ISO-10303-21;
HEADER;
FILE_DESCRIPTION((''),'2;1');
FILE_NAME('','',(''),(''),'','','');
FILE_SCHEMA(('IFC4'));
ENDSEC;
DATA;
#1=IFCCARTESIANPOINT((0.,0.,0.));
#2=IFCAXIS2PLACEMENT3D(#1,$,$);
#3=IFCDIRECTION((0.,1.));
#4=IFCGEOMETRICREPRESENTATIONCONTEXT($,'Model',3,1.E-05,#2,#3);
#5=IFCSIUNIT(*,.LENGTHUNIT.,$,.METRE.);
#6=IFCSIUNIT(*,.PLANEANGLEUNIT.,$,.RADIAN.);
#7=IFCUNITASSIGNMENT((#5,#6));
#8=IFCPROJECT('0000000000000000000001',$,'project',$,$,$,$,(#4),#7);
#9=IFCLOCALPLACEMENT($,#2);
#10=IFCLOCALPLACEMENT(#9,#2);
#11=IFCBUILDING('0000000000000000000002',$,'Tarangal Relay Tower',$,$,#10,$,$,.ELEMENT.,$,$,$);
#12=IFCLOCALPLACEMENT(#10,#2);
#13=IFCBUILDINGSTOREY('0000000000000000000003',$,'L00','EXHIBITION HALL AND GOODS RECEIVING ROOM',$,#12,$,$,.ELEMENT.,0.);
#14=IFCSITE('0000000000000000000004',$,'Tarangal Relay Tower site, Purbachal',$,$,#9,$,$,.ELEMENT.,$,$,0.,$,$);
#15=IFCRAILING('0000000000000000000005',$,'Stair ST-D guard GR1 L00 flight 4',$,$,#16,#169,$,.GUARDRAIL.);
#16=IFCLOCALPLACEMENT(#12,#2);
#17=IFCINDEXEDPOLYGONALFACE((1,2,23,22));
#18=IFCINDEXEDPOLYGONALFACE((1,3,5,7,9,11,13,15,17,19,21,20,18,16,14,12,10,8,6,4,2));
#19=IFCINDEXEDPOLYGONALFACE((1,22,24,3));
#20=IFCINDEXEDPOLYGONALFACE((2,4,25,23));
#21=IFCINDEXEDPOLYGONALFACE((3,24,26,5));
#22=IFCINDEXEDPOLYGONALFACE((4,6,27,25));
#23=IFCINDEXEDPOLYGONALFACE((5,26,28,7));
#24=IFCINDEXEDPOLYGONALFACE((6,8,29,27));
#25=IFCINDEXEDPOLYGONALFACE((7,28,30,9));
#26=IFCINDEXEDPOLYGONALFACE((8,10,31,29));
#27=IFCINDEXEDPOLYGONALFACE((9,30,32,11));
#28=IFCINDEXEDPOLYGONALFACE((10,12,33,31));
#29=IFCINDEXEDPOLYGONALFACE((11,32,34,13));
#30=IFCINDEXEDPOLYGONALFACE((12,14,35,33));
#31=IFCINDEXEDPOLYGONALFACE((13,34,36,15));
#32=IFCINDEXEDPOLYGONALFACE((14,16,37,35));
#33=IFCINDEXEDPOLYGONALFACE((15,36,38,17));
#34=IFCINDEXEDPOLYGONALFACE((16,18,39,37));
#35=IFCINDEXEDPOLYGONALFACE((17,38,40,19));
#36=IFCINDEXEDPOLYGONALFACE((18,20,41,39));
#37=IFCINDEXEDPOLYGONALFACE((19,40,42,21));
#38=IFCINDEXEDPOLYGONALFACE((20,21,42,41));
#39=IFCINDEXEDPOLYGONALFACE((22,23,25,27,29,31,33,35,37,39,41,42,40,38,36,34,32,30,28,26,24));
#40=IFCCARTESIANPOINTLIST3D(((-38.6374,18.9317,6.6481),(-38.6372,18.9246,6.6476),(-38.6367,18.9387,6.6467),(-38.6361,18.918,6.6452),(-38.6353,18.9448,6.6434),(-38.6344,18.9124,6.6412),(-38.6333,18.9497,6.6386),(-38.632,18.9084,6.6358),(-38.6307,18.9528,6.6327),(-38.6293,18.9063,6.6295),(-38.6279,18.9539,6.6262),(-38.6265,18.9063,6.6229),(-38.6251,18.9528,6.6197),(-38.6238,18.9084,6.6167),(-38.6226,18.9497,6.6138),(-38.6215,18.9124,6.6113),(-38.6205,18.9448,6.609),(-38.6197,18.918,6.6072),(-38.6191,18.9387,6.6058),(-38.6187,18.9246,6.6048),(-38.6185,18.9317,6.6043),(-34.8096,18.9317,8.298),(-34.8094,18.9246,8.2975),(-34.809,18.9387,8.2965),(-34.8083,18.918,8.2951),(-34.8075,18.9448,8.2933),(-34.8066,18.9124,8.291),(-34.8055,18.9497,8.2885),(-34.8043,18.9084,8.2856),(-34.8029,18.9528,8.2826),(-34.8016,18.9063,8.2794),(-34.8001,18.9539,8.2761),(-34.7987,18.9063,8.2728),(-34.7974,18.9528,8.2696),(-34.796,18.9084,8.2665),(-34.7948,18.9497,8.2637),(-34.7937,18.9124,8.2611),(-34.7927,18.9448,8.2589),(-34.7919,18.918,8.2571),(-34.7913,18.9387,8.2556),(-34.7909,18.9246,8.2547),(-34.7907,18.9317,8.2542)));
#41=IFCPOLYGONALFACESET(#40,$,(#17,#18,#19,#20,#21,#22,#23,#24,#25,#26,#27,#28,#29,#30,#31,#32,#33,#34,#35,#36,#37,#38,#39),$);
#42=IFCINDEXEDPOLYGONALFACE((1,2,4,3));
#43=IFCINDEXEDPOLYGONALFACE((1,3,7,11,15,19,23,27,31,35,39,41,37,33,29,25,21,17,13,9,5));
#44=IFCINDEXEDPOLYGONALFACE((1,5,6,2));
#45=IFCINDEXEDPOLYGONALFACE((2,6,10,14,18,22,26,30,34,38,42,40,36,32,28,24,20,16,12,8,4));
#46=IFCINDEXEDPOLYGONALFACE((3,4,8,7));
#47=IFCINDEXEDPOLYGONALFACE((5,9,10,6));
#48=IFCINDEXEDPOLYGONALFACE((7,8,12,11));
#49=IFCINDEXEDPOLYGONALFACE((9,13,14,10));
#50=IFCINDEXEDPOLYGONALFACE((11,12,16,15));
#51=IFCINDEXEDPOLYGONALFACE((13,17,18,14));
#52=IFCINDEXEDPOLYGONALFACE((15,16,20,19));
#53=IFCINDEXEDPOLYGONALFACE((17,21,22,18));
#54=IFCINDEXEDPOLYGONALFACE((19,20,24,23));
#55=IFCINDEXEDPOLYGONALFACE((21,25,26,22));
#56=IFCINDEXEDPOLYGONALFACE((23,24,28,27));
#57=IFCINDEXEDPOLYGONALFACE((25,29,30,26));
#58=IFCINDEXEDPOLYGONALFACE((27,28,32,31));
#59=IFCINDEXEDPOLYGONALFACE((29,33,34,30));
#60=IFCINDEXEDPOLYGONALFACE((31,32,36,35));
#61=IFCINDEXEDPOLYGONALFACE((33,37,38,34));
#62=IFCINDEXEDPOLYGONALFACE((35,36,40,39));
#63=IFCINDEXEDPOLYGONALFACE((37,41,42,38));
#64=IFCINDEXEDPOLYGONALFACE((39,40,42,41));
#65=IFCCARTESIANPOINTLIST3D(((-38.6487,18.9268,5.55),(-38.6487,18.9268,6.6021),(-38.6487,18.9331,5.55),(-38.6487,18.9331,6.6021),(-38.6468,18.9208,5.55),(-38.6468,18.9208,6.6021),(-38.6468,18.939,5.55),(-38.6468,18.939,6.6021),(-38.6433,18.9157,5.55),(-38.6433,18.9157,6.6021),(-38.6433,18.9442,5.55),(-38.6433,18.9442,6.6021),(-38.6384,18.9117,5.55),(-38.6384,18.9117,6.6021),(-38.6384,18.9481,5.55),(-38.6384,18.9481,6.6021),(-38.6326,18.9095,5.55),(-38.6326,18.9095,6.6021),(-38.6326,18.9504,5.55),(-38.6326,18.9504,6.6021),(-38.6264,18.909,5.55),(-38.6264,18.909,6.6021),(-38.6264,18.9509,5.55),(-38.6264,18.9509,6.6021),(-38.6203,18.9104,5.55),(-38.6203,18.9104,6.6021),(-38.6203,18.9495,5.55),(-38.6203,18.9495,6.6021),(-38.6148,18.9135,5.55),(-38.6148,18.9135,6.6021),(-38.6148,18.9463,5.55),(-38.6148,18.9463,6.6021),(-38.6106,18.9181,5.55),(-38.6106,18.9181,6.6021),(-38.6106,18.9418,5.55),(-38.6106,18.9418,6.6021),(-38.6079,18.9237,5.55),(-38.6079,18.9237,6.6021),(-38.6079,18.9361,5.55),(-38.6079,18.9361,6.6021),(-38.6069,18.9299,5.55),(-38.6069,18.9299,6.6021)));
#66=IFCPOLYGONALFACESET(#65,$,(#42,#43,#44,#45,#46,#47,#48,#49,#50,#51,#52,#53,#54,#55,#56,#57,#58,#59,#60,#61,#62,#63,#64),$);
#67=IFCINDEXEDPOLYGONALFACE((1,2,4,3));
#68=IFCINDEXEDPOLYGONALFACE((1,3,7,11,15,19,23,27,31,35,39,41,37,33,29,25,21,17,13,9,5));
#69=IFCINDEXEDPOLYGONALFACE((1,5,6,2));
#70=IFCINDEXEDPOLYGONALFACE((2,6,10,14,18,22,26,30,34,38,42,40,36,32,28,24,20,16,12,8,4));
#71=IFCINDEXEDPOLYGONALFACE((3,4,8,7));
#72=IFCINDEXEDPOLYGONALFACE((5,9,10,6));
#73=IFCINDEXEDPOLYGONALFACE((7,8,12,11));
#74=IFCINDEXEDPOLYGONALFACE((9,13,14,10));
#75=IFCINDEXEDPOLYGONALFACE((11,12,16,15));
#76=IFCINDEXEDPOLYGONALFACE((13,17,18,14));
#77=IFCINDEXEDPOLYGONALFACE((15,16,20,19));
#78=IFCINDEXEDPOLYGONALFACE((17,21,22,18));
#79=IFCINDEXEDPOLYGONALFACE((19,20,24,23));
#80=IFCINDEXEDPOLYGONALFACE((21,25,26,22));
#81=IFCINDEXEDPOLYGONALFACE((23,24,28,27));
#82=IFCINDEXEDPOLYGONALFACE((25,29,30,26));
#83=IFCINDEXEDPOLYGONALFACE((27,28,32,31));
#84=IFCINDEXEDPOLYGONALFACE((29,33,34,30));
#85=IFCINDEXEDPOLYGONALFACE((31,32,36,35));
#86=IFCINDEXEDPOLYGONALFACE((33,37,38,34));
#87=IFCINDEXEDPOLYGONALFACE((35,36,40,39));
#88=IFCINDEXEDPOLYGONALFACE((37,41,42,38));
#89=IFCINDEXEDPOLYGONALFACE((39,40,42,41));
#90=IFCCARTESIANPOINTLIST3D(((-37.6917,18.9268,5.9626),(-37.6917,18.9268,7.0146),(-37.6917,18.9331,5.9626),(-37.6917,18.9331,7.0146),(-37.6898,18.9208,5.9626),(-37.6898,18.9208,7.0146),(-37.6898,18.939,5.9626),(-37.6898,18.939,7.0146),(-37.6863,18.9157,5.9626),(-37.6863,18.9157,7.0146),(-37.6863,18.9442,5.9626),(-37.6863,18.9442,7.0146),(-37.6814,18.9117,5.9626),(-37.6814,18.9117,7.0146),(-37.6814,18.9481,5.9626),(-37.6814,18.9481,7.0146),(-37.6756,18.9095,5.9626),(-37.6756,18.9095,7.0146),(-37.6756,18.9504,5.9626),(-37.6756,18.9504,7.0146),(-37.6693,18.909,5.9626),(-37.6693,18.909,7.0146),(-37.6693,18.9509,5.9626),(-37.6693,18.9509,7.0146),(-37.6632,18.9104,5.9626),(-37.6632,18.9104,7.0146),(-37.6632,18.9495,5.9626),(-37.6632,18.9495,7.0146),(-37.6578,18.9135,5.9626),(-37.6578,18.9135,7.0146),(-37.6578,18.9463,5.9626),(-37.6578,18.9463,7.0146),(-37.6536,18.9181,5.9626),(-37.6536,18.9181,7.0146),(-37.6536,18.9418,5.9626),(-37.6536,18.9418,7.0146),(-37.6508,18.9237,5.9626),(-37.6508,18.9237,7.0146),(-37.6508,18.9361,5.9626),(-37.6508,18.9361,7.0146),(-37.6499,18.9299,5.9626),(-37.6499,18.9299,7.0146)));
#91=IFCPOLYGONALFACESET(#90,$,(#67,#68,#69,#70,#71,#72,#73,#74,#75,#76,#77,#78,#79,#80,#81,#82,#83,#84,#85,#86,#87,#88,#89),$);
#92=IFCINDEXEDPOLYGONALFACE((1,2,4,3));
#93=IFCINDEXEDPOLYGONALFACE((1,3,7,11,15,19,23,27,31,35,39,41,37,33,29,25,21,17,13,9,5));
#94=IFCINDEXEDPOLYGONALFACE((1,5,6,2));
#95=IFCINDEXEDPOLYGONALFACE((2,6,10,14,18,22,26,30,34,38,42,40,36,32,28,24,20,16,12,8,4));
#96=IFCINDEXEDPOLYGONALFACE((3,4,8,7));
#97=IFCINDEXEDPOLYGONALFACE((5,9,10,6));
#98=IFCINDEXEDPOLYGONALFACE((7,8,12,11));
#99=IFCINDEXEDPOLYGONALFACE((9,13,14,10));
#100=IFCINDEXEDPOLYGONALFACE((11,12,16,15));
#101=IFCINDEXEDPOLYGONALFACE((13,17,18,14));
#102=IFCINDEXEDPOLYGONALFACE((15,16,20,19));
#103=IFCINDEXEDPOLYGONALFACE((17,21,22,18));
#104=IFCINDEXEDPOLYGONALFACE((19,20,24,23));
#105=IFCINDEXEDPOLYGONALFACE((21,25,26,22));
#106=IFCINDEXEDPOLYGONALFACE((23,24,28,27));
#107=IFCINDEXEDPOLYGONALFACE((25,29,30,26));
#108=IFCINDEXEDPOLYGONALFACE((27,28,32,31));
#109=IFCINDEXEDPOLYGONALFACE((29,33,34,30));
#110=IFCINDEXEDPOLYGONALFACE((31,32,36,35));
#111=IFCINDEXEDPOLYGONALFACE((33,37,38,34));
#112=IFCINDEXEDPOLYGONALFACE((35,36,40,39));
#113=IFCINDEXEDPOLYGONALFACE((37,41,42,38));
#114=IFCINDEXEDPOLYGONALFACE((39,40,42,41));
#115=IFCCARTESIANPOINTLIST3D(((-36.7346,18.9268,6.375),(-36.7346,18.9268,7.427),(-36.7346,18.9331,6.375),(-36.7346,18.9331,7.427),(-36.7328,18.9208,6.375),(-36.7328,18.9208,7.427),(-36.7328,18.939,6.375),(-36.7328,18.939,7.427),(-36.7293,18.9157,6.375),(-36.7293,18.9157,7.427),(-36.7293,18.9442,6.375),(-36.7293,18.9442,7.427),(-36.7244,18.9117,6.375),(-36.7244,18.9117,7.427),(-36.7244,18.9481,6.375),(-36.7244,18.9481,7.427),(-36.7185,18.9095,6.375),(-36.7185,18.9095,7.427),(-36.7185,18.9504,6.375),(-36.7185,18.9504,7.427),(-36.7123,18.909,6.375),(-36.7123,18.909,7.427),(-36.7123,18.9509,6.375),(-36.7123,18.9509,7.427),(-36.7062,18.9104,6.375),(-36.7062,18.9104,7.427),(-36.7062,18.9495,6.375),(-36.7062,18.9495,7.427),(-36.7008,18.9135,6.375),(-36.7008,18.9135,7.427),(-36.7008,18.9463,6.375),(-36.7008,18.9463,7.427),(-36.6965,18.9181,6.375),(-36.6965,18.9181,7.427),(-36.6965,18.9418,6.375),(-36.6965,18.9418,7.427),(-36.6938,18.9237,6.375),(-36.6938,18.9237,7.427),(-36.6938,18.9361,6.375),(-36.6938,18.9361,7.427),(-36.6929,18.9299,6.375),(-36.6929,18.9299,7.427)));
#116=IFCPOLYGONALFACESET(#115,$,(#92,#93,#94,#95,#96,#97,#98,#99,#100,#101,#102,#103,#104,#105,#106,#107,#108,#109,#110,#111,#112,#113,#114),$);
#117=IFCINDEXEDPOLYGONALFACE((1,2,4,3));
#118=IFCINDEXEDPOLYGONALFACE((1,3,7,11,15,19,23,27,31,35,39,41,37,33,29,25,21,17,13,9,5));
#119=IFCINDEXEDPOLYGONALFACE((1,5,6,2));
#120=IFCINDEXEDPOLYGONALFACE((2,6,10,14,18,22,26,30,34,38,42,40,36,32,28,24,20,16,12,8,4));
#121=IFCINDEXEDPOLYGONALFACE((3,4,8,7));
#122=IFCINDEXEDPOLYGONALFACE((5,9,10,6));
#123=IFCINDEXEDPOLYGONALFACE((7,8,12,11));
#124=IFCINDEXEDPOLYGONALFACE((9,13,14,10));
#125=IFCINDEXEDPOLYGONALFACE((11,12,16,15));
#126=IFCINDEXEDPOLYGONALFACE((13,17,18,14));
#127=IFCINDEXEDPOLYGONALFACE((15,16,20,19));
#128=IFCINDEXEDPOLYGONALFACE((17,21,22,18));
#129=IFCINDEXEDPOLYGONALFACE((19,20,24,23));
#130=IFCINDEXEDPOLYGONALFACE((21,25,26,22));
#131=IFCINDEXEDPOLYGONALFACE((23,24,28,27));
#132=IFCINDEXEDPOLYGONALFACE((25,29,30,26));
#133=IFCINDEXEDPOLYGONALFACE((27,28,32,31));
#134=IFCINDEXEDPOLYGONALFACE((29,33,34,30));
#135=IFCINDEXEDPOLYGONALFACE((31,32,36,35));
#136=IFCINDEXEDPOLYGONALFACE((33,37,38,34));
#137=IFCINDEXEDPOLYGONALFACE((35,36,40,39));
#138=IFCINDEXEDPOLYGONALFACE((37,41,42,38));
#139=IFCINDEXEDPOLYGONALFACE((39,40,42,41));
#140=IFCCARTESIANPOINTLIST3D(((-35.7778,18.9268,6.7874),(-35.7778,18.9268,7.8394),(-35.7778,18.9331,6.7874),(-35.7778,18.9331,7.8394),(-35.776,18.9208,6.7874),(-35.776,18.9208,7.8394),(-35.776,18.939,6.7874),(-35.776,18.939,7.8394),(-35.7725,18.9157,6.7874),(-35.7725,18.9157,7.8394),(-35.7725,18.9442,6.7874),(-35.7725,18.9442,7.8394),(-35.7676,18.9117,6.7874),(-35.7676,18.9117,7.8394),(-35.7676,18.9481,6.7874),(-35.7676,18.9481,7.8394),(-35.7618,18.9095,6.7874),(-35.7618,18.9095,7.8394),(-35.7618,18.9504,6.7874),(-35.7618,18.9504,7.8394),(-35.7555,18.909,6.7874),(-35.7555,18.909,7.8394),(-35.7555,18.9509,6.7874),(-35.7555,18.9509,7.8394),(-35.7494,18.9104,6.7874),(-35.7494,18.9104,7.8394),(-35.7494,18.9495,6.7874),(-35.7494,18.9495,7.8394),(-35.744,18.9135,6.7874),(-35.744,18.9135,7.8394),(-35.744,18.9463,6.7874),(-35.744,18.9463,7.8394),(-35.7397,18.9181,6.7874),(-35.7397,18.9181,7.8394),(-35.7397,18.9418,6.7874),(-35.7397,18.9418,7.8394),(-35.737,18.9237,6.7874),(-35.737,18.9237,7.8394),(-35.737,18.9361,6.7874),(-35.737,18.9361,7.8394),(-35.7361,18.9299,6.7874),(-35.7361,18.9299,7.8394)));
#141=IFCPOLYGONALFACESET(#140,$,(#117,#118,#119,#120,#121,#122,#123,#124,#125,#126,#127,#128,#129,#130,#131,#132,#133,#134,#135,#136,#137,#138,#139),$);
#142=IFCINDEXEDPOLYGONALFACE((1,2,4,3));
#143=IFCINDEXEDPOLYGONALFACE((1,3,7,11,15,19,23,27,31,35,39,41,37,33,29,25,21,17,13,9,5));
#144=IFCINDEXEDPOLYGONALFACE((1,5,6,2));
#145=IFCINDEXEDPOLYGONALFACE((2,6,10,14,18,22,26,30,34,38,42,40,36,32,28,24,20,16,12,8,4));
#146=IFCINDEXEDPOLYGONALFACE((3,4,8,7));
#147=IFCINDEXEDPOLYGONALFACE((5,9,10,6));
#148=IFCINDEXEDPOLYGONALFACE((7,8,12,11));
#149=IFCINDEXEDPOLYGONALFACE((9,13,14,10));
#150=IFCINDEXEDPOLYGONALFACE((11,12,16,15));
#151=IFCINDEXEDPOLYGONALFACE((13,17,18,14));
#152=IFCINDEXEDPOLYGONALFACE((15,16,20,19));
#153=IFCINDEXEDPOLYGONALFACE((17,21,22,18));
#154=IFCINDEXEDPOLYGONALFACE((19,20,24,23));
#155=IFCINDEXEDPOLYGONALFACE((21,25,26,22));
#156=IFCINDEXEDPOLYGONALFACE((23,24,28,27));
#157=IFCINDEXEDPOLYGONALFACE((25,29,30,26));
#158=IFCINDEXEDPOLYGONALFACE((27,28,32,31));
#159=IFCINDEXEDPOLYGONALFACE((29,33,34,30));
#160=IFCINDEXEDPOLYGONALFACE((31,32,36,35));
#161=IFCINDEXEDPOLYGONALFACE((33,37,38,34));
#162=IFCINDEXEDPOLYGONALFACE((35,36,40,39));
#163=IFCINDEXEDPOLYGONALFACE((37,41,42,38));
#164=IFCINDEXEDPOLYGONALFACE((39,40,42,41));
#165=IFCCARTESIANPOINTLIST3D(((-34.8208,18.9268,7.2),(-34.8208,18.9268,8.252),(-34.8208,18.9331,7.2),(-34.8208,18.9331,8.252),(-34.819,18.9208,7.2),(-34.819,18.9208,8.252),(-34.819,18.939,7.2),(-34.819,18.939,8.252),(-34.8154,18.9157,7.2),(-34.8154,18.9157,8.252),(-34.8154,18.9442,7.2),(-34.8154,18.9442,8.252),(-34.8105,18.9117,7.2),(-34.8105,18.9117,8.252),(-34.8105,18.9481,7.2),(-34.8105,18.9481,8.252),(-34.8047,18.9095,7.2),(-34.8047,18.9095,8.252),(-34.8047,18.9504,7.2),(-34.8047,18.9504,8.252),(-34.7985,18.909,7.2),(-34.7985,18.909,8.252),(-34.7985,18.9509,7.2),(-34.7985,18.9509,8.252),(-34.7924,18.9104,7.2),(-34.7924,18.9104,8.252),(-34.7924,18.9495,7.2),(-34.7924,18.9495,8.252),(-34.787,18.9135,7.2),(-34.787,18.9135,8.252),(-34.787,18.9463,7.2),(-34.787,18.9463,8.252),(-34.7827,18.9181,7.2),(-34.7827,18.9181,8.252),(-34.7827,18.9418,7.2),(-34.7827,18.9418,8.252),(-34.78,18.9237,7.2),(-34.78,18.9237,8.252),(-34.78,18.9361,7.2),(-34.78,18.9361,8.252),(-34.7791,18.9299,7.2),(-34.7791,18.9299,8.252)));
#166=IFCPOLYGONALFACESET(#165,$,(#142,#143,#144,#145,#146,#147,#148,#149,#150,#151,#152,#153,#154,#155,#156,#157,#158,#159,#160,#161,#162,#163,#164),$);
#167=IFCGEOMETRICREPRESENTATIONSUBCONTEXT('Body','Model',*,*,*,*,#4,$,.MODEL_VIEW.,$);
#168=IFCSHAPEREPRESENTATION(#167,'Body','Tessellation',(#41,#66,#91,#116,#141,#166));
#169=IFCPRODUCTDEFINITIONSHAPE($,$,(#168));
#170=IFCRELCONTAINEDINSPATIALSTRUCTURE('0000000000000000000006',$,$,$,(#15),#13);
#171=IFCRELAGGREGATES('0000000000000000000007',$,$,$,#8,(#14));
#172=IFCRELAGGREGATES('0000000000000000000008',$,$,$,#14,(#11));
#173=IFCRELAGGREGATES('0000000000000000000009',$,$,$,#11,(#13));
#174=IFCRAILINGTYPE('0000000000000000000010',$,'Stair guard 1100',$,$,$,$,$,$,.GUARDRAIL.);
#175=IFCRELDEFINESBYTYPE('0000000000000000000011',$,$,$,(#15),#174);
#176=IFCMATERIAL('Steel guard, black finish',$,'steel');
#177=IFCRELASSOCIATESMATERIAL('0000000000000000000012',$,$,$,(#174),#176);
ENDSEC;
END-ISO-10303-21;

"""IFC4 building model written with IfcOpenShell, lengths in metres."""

from ifc_helpers import new_model, si_unit, direction, frame, origin, origin_2d, place, context, subcontext, project, spatial, circle, extrude, material, type_object, element, save


model = new_model("IFC4")

# Units and contexts
model_context = context("Model", 3, precision=1e-05, world=origin(), true_north=direction((0.0, 1.0)))
body_context = subcontext(model_context, "Body", "Model", "MODEL_VIEW")
ifc_project = project(units=[si_unit("LENGTHUNIT", "METRE"), si_unit("PLANEANGLEUNIT", "RADIAN")], contexts=[model_context])

# Site, building, storey
site_placement = place(None, origin())
site = spatial("IfcSite", under=ifc_project, at=site_placement, Name="Tarangal Relay Tower site, Purbachal", CompositionType="ELEMENT", RefElevation=0.0)
building_placement = place(site_placement, origin())
building = spatial("IfcBuilding", under=site, at=building_placement, Name="Tarangal Relay Tower", CompositionType="ELEMENT")
storey_placement = place(building_placement, origin())
storey = spatial("IfcBuildingStorey", under=building, at=storey_placement, Name="L00", Description="EXHIBITION HALL AND GOODS RECEIVING ROOM", CompositionType="ELEMENT", Elevation=0.0)

# Railing
ifc_material_1 = material(Name="Steel guard, black finish", Category="steel")
railing_type = type_object("IfcRailingType", Name="Stair guard 1100", PredefinedType="GUARDRAIL", material=ifc_material_1)
railing_1_placement = place(storey_placement, frame((-38.6279, 18.9299, 5.55)))
element("IfcRailing", 1, at=railing_1_placement, inside=storey, type_object=railing_type, Name="Stair ST-D guard GR1 L00 flight 4", PredefinedType="GUARDRAIL", context=body_context, shape_type="SweptSolid", body=[
    extrude(circle(Radius=0.0239, at=origin_2d()), frame((0.0, 0.0, 1.0762), z_axis=(0.918328, 0.0, 0.39582), x_axis=(0.0, 1.0, 0.0)), (0.0, 0.0, 1.0), 4.1682),
    extrude(circle(Radius=0.021, at=origin_2d()), origin(), (0.0, 0.0, 1.0), 1.052),
    extrude(circle(Radius=0.021, at=origin_2d()), frame((0.957, 0.0, 0.4126)), (0.0, 0.0, 1.0), 1.052),
    extrude(circle(Radius=0.021, at=origin_2d()), frame((1.9141, 0.0, 0.825)), (0.0, 0.0, 1.0), 1.052),
    extrude(circle(Radius=0.021, at=origin_2d()), frame((2.8708, 0.0, 1.2373)), (0.0, 0.0, 1.0), 1.052),
    extrude(circle(Radius=0.021, at=origin_2d()), frame((3.8279, 0.0, 1.6499)), (0.0, 0.0, 1.0), 1.052),
])

save(model, "model.ifc")
